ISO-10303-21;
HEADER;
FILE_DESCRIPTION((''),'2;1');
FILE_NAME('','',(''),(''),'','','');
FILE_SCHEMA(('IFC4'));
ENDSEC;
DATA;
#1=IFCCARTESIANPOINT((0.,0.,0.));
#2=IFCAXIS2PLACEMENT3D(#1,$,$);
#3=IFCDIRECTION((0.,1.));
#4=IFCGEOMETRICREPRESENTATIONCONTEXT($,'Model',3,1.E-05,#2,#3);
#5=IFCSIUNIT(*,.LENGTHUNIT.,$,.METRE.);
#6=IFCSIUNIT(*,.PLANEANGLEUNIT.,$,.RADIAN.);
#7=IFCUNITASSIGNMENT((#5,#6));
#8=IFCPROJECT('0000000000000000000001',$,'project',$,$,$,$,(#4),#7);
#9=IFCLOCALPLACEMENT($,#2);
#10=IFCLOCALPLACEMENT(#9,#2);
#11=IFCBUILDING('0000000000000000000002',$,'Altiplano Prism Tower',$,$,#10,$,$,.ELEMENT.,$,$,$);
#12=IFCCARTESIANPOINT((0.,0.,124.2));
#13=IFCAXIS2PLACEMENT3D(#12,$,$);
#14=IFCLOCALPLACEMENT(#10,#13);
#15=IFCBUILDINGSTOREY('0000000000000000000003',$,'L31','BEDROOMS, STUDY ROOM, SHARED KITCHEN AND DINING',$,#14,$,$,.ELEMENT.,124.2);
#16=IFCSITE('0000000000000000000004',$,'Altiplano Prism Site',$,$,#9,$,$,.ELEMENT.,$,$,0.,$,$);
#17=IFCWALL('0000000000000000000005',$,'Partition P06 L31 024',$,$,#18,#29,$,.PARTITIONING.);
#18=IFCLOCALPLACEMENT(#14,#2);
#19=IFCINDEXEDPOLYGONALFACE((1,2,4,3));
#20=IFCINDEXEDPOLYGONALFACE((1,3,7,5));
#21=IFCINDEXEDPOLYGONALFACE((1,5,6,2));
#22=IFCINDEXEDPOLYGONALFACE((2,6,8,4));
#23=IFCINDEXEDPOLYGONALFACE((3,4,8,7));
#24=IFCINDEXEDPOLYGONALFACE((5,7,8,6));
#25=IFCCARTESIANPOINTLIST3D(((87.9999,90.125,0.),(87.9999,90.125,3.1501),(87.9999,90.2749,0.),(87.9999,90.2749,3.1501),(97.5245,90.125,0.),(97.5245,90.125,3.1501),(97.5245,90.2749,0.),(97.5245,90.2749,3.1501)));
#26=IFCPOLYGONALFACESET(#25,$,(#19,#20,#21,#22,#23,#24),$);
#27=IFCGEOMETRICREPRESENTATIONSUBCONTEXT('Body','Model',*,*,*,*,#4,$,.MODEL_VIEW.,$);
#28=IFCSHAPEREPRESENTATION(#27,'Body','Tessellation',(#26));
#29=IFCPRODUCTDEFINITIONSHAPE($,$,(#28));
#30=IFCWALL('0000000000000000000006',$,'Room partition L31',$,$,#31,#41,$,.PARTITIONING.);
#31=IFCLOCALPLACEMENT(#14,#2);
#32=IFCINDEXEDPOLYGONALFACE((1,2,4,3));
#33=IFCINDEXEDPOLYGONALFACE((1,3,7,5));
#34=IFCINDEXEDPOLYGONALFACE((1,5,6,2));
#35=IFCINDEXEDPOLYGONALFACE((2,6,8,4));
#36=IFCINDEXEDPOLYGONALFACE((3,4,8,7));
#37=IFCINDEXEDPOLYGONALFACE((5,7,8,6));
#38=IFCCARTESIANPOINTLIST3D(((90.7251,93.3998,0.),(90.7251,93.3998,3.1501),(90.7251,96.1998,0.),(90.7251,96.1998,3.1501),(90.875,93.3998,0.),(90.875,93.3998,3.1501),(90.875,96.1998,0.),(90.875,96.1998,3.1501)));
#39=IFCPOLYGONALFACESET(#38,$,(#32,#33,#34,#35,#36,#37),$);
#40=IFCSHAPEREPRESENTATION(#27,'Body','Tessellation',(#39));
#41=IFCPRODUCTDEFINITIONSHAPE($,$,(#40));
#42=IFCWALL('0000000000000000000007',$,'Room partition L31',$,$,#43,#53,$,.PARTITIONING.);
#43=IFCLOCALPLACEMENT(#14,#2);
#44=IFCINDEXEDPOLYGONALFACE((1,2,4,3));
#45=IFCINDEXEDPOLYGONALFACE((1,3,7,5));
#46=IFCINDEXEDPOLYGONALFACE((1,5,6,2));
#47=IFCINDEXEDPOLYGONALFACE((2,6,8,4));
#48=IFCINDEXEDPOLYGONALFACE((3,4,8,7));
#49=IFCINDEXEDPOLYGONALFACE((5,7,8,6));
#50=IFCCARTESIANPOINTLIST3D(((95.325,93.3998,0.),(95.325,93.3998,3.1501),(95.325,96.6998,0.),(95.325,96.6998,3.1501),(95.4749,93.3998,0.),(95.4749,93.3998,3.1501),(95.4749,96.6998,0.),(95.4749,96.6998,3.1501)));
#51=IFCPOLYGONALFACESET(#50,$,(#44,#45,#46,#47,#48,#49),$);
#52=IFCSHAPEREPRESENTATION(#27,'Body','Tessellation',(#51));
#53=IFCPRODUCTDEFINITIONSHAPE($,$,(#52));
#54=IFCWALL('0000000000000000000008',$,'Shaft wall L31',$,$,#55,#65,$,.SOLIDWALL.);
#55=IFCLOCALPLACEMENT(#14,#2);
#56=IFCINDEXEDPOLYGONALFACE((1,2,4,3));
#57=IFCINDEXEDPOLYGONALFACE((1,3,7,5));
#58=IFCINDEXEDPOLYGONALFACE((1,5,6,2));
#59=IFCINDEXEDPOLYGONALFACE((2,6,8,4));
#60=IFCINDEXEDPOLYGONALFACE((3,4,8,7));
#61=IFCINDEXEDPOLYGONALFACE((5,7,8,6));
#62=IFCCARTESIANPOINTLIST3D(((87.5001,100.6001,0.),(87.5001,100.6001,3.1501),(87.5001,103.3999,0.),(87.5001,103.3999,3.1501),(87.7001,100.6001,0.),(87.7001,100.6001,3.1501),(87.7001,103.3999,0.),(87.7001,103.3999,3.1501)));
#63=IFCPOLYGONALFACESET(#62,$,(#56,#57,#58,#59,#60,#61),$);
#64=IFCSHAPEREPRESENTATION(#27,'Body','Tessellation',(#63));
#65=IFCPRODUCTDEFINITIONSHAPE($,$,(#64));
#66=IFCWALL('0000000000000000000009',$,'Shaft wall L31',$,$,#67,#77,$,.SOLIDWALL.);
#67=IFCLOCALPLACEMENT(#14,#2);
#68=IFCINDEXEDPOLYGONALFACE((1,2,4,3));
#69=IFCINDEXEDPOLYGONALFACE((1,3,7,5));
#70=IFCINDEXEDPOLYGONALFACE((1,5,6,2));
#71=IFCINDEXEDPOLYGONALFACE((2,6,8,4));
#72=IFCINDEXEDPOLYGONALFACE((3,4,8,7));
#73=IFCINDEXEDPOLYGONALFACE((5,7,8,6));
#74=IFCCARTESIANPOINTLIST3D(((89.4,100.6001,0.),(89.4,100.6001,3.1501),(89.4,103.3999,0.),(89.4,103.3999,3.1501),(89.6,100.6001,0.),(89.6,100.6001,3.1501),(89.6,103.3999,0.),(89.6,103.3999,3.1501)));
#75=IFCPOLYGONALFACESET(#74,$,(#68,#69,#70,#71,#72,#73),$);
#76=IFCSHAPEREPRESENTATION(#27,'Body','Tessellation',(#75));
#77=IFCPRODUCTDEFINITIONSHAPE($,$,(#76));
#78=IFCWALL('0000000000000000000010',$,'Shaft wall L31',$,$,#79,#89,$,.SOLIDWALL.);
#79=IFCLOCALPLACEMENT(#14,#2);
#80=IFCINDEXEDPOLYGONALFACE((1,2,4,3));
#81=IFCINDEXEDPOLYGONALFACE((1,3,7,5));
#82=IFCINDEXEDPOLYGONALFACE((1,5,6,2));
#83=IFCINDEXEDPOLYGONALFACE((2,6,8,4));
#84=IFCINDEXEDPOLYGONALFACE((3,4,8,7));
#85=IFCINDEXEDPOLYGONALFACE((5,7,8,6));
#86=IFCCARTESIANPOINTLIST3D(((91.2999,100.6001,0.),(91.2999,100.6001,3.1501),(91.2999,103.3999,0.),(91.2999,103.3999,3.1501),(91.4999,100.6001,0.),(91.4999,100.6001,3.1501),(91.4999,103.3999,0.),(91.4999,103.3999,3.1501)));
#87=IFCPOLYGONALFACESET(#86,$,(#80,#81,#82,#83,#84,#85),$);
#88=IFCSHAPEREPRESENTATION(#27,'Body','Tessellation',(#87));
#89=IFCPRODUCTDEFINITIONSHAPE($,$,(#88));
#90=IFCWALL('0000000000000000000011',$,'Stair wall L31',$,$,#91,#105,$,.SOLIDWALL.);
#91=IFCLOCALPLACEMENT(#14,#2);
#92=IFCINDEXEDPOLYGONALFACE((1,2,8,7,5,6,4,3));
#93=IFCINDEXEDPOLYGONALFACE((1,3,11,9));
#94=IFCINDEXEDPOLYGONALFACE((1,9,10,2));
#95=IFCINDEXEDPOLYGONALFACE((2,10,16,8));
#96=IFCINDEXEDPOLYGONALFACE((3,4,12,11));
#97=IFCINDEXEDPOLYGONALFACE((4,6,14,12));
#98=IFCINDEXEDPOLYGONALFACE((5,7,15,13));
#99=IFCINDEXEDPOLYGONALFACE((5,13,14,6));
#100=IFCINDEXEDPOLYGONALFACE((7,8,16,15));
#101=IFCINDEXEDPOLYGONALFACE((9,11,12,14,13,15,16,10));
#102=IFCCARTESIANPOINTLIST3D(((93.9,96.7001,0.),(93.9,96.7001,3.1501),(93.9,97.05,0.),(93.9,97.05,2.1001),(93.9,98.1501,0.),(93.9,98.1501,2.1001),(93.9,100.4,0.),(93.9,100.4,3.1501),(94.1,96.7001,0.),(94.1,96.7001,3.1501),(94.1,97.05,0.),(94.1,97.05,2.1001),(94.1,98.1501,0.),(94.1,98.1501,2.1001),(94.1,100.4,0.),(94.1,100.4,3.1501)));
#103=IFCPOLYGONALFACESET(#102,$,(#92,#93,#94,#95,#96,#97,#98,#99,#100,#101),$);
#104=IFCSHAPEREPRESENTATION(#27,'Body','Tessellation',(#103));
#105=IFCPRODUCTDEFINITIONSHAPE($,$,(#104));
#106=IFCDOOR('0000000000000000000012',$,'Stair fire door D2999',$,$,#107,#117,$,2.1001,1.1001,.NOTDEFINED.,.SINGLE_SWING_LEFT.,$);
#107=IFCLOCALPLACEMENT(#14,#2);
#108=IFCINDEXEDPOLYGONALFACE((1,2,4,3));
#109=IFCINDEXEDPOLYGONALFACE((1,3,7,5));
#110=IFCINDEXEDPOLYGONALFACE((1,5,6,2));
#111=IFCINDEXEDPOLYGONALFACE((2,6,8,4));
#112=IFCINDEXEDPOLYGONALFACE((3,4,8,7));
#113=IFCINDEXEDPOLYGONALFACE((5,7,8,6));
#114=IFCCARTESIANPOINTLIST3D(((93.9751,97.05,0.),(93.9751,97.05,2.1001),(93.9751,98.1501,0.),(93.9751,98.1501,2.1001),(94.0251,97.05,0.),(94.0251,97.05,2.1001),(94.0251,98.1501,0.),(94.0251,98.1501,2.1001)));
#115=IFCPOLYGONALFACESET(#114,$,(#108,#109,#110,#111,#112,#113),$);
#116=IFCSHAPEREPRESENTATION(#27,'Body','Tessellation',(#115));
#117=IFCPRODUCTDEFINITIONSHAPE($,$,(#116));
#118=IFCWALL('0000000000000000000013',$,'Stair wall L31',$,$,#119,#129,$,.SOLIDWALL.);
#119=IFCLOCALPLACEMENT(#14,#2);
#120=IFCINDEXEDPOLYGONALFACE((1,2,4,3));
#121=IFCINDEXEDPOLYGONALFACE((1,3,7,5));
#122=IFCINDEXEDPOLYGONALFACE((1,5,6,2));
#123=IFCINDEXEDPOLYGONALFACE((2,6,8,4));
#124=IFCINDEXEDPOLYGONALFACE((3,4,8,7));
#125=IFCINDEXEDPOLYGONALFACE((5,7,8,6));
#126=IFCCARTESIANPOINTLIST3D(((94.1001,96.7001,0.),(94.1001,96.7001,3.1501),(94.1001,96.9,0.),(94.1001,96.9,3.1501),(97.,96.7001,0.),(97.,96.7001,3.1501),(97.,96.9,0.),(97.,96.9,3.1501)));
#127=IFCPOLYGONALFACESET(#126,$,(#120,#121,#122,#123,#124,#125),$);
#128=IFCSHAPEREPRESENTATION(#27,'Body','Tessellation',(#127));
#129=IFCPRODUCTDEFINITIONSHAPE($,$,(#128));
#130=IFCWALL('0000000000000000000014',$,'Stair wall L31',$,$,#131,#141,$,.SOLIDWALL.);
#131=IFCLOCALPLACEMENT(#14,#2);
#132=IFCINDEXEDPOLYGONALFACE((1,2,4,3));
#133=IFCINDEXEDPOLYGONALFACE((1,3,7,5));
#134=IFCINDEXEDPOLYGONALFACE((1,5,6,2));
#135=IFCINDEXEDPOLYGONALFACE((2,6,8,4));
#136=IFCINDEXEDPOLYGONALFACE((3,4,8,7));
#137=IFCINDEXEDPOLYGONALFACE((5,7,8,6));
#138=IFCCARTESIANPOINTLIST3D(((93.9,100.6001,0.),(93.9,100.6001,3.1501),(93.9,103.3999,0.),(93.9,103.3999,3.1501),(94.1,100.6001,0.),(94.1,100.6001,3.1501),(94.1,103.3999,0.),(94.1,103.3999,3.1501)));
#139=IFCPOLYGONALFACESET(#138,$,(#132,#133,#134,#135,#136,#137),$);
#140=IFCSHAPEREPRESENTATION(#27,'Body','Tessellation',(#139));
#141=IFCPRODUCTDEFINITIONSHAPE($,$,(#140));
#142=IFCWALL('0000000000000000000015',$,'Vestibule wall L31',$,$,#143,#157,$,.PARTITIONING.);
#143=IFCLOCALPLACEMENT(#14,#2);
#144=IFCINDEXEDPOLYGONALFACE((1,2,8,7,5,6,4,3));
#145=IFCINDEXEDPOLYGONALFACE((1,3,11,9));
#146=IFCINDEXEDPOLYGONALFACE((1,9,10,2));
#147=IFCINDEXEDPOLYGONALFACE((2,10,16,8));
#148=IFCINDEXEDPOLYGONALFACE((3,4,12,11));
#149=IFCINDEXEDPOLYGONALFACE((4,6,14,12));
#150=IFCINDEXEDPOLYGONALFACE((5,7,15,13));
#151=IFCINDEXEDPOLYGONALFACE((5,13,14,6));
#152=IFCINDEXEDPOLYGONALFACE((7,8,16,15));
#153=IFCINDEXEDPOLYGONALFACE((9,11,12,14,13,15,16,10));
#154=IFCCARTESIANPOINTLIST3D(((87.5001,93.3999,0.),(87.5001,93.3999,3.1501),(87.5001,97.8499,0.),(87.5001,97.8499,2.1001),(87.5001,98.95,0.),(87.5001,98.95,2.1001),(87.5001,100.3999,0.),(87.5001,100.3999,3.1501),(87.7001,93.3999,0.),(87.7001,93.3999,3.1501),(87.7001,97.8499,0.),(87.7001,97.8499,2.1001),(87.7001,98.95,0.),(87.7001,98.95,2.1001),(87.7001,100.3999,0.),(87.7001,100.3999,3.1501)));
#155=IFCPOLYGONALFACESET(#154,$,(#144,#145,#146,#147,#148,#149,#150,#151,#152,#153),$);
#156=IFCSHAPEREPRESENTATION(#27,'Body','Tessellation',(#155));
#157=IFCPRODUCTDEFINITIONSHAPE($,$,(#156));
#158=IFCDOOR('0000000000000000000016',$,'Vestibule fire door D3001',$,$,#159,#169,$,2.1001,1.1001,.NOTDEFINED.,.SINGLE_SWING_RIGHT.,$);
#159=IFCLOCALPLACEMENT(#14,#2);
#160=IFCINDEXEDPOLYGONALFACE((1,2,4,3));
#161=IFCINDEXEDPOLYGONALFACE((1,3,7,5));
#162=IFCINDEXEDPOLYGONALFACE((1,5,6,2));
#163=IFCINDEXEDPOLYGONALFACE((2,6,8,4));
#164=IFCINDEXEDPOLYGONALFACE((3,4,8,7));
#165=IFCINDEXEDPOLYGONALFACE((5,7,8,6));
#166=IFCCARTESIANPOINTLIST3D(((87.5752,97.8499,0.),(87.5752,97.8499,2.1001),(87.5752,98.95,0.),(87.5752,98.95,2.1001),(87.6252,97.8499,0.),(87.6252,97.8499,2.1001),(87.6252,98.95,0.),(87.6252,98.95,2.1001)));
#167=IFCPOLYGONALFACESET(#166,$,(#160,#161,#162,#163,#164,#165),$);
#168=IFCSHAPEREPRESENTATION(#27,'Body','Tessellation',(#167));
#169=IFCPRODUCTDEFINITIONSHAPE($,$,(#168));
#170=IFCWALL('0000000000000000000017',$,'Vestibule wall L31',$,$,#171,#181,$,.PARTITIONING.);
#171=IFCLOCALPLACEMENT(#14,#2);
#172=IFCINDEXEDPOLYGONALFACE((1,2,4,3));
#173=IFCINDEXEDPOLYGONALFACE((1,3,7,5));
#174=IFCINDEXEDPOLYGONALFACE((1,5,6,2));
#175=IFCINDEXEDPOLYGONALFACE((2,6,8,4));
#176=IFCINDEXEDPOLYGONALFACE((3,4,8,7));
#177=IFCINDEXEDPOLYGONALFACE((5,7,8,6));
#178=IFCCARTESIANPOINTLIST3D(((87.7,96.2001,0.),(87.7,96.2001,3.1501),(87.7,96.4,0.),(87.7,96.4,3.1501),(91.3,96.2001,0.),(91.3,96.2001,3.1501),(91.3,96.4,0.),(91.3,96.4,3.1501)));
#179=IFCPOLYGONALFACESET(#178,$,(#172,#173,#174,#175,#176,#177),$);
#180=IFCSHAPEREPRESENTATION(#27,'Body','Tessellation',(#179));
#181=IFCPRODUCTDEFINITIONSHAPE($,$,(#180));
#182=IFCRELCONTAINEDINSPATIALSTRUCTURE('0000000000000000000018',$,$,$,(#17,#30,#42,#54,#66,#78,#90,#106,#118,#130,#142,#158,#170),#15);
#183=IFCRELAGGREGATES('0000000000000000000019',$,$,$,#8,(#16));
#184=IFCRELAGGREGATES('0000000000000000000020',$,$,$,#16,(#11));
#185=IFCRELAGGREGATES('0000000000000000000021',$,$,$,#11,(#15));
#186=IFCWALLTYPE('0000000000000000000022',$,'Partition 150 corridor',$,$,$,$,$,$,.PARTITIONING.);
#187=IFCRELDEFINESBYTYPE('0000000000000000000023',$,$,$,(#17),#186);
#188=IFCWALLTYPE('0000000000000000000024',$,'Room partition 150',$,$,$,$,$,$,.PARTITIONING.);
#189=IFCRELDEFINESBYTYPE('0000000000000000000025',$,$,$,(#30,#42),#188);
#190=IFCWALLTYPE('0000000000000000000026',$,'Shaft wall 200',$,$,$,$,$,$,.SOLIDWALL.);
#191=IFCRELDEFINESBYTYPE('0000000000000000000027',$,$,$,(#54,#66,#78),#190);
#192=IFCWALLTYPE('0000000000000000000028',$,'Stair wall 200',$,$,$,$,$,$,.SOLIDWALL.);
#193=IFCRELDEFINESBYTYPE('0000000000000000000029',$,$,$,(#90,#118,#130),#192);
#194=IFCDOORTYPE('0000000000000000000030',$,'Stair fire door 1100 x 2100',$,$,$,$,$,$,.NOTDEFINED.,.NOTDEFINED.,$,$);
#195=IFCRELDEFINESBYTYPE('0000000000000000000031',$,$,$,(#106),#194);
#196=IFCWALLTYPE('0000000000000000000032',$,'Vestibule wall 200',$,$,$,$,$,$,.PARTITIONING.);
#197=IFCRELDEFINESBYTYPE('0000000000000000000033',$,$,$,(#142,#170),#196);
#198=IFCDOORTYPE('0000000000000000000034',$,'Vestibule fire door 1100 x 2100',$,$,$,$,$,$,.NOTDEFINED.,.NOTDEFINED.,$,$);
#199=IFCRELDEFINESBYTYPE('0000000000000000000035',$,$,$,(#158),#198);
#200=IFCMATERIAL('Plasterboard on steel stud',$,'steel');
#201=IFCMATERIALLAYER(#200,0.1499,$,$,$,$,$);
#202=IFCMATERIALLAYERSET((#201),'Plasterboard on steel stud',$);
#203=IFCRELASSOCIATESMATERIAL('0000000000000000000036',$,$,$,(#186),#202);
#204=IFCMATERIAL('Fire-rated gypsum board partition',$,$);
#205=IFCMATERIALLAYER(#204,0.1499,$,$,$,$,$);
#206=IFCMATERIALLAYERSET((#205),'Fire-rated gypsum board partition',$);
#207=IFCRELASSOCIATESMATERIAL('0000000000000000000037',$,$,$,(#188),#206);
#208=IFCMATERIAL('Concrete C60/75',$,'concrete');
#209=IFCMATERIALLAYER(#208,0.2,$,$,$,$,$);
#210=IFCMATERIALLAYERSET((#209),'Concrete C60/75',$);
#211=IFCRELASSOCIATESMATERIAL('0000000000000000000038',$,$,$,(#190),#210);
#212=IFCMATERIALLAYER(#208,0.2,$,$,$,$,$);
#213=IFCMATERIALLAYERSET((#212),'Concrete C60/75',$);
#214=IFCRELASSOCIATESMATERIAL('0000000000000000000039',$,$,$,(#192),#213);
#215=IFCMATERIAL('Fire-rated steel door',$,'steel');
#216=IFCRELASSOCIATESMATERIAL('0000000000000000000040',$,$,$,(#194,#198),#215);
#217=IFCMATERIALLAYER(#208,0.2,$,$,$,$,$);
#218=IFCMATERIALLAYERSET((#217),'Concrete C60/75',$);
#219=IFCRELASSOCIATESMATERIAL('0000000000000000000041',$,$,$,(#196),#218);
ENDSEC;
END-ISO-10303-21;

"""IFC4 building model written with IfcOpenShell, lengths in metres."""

from ifc_helpers import new_model, si_unit, direction, frame, frame_2d, origin, place, context, subcontext, project, spatial, rectangle, extrude, material, layer, layer_set, type_object, element, fill, save


model = new_model("IFC4")

# Units and contexts
model_context = context("Model", 3, precision=1e-05, world=origin(), true_north=direction((0.0, 1.0)))
body_context = subcontext(model_context, "Body", "Model", "MODEL_VIEW")
ifc_project = project(units=[si_unit("LENGTHUNIT", "METRE"), si_unit("PLANEANGLEUNIT", "RADIAN")], contexts=[model_context])

# Site, building, storey
site_placement = place(None, origin())
site = spatial("IfcSite", under=ifc_project, at=site_placement, Name="Altiplano Prism Site", CompositionType="ELEMENT", RefElevation=0.0)
building_placement = place(site_placement, origin())
building = spatial("IfcBuilding", under=site, at=building_placement, Name="Altiplano Prism Tower", CompositionType="ELEMENT")
storey_placement = place(building_placement, frame((0.0, 0.0, 124.2)))
storey = spatial("IfcBuildingStorey", under=building, at=storey_placement, Name="L31", Description="BEDROOMS, STUDY ROOM, SHARED KITCHEN AND DINING", CompositionType="ELEMENT", Elevation=124.2)

# Walls
ifc_material_1 = material(Name="Plasterboard on steel stud", Category="steel")
ifc_layer_1 = layer(ifc_material_1, 0.1499)
ifc_layer_set_1 = layer_set([ifc_layer_1], Name="Plasterboard on steel stud")
wall_type_1 = type_object("IfcWallType", Name="Partition 150 corridor", PredefinedType="PARTITIONING", material=ifc_layer_set_1)
wall_1_placement = place(storey_placement, frame((88.0, 90.2, 0.0), z_axis=(0.0, 0.0, 1.0), x_axis=(1.0, 0.0, 0.0)))
element("IfcWall", 1, at=wall_1_placement, inside=storey, type_object=wall_type_1, Name="Partition P06 L31 024", PredefinedType="PARTITIONING", context=body_context, shape_type="SweptSolid", body=[
    extrude(rectangle(XDim=9.5247, YDim=0.1499, at=frame_2d((4.7622, 0.0))), origin(), (0.0, 0.0, 1.0), 3.1501),
])
ifc_material_2 = material(Name="Fire-rated gypsum board partition")
ifc_layer_2 = layer(ifc_material_2, 0.1499)
ifc_layer_set_2 = layer_set([ifc_layer_2], Name="Fire-rated gypsum board partition")
wall_type_2 = type_object("IfcWallType", Name="Room partition 150", PredefinedType="PARTITIONING", material=ifc_layer_set_2)
wall_2_placement = place(storey_placement, frame((90.8, 93.3999, 0.0), z_axis=(0.0, 0.0, 1.0), x_axis=(0.0, 1.0, 0.0)))
element("IfcWall", 2, at=wall_2_placement, inside=storey, type_object=wall_type_2, Name="Room partition L31", PredefinedType="PARTITIONING", context=body_context, shape_type="SweptSolid", body=[
    extrude(rectangle(XDim=2.8, YDim=0.1499, at=frame_2d((1.3999, 0.0))), origin(), (0.0, 0.0, 1.0), 3.1501),
])
wall_3_placement = place(storey_placement, frame((95.3999, 93.3999, 0.0), z_axis=(0.0, 0.0, 1.0), x_axis=(0.0, 1.0, 0.0)))
element("IfcWall", 3, at=wall_3_placement, inside=storey, type_object=wall_type_2, Name="Room partition L31", PredefinedType="PARTITIONING", context=body_context, shape_type="SweptSolid", body=[
    extrude(rectangle(XDim=3.3, YDim=0.1499, at=frame_2d((1.6499, 0.0))), origin(), (0.0, 0.0, 1.0), 3.1501),
])
ifc_material_3 = material(Name="Concrete C60/75", Category="concrete")
ifc_layer_3 = layer(ifc_material_3, 0.2)
ifc_layer_set_3 = layer_set([ifc_layer_3], Name="Concrete C60/75")
wall_type_3 = type_object("IfcWallType", Name="Shaft wall 200", PredefinedType="SOLIDWALL", material=ifc_layer_set_3)
for number, where, z_axis, x_axis, name in (
    (4, (87.6001, 100.6001, 0.0), (0.0, 0.0, 1.0), (0.0, 1.0, 0.0), "Shaft wall L31"),
    (5, (89.5, 100.6001, 0.0), (0.0, 0.0, 1.0), (0.0, 1.0, 0.0), "Shaft wall L31"),
    (6, (91.3999, 100.6001, 0.0), (0.0, 0.0, 1.0), (0.0, 1.0, 0.0), "Shaft wall L31"),
):
    element("IfcWall", number, at=place(storey_placement, frame(where, z_axis=z_axis, x_axis=x_axis)), inside=storey, type_object=wall_type_3, Name=name, PredefinedType="SOLIDWALL", context=body_context, shape_type="SweptSolid", body=[
        extrude(rectangle(XDim=2.7998, YDim=0.2, at=frame_2d((1.3999, 0.0))), origin(), (0.0, 0.0, 1.0), 3.1501),
    ])

# Wall, opening, door
ifc_layer_4 = layer(ifc_material_3, 0.2)
ifc_layer_set_4 = layer_set([ifc_layer_4], Name="Concrete C60/75")
wall_type_4 = type_object("IfcWallType", Name="Stair wall 200", PredefinedType="SOLIDWALL", material=ifc_layer_set_4)
wall_4_placement = place(storey_placement, frame((94.0, 96.7, 0.0), z_axis=(0.0, 0.0, 1.0), x_axis=(0.0, 1.0, 0.0)))
wall_4 = element("IfcWall", 7, at=wall_4_placement, inside=storey, type_object=wall_type_4, Name="Stair wall L31", PredefinedType="SOLIDWALL", context=body_context, shape_type="SweptSolid", body=[
    extrude(rectangle(XDim=3.7, YDim=0.2, at=frame_2d((1.8501, 0.0))), origin(), (0.0, 0.0, 1.0), 3.1501),
])
opening_1_placement = place(wall_4_placement, frame((0.3501, 0.0, 0.0)))
opening_1 = element("IfcOpeningElement", 8, at=opening_1_placement, cuts=wall_4, PredefinedType="OPENING", context=body_context, shape_type="SweptSolid", body=[
    extrude(rectangle(XDim=1.1001, YDim=2.1001, at=frame_2d((0.55, 1.05))), frame((0.0, 0.1104, 0.0), z_axis=(0.0, -1.0, 0.0), x_axis=(1.0, 0.0, 0.0)), (0.0, 0.0, 1.0), 0.2209),
])
ifc_material_4 = material(Name="Fire-rated steel door", Category="steel")
door_type_1 = type_object("IfcDoorType", Name="Stair fire door 1100 x 2100", OperationType="NOTDEFINED", PredefinedType="NOTDEFINED", material=ifc_material_4)
door_1_placement = place(opening_1_placement, origin())
door_1 = element("IfcDoor", 9, at=door_1_placement, inside=storey, type_object=door_type_1, Name="Stair fire door D2999", OperationType="SINGLE_SWING_LEFT", OverallHeight=2.1001, OverallWidth=1.1001, PredefinedType="NOTDEFINED", context=body_context, shape_type="SweptSolid", body=[
    extrude(rectangle(XDim=1.1001, YDim=2.1001, at=frame_2d((0.55, 1.05))), frame((0.0, 0.0249, 0.0), z_axis=(0.0, -1.0, 0.0), x_axis=(1.0, 0.0, 0.0)), (0.0, 0.0, 1.0), 0.05),
])
fill(opening_1, door_1)

# Walls
wall_5_placement = place(storey_placement, frame((94.1001, 96.8, 0.0), z_axis=(0.0, 0.0, 1.0), x_axis=(1.0, 0.0, 0.0)))
element("IfcWall", 10, at=wall_5_placement, inside=storey, type_object=wall_type_4, Name="Stair wall L31", PredefinedType="SOLIDWALL", context=body_context, shape_type="SweptSolid", body=[
    extrude(rectangle(XDim=2.8999, YDim=0.2, at=frame_2d((1.45, 0.0))), origin(), (0.0, 0.0, 1.0), 3.1501),
])
wall_6_placement = place(storey_placement, frame((94.0, 100.6001, 0.0), z_axis=(0.0, 0.0, 1.0), x_axis=(0.0, 1.0, 0.0)))
element("IfcWall", 11, at=wall_6_placement, inside=storey, type_object=wall_type_4, Name="Stair wall L31", PredefinedType="SOLIDWALL", context=body_context, shape_type="SweptSolid", body=[
    extrude(rectangle(XDim=2.7998, YDim=0.2, at=frame_2d((1.3999, 0.0))), origin(), (0.0, 0.0, 1.0), 3.1501),
])

# Wall, opening, door
ifc_layer_5 = layer(ifc_material_3, 0.2)
ifc_layer_set_5 = layer_set([ifc_layer_5], Name="Concrete C60/75")
wall_type_5 = type_object("IfcWallType", Name="Vestibule wall 200", PredefinedType="PARTITIONING", material=ifc_layer_set_5)
wall_7_placement = place(storey_placement, frame((87.6001, 93.3999, 0.0), z_axis=(0.0, 0.0, 1.0), x_axis=(0.0, 1.0, 0.0)))
wall_7 = element("IfcWall", 12, at=wall_7_placement, inside=storey, type_object=wall_type_5, Name="Vestibule wall L31", PredefinedType="PARTITIONING", context=body_context, shape_type="SweptSolid", body=[
    extrude(rectangle(XDim=7.0, YDim=0.2, at=frame_2d((3.5, 0.0))), origin(), (0.0, 0.0, 1.0), 3.1501),
])
opening_2_placement = place(wall_7_placement, frame((4.45, 0.0, 0.0)))
opening_2 = element("IfcOpeningElement", 13, at=opening_2_placement, cuts=wall_7, PredefinedType="OPENING", context=body_context, shape_type="SweptSolid", body=[
    extrude(rectangle(XDim=1.1001, YDim=2.1001, at=frame_2d((0.55, 1.05))), frame((0.0, 0.1104, 0.0), z_axis=(0.0, -1.0, 0.0), x_axis=(1.0, 0.0, 0.0)), (0.0, 0.0, 1.0), 0.2209),
])
door_type_2 = type_object("IfcDoorType", Name="Vestibule fire door 1100 x 2100", OperationType="NOTDEFINED", PredefinedType="NOTDEFINED", material=ifc_material_4)
door_2_placement = place(opening_2_placement, origin())
door_2 = element("IfcDoor", 14, at=door_2_placement, inside=storey, type_object=door_type_2, Name="Vestibule fire door D3001", OperationType="SINGLE_SWING_RIGHT", OverallHeight=2.1001, OverallWidth=1.1001, PredefinedType="NOTDEFINED", context=body_context, shape_type="SweptSolid", body=[
    extrude(rectangle(XDim=1.1001, YDim=2.1001, at=frame_2d((0.55, 1.05))), frame((0.0, 0.0249, 0.0), z_axis=(0.0, -1.0, 0.0), x_axis=(1.0, 0.0, 0.0)), (0.0, 0.0, 1.0), 0.05),
])
fill(opening_2, door_2)

# Wall
wall_8_placement = place(storey_placement, frame((87.7, 96.3, 0.0), z_axis=(0.0, 0.0, 1.0), x_axis=(1.0, 0.0, 0.0)))
element("IfcWall", 15, at=wall_8_placement, inside=storey, type_object=wall_type_5, Name="Vestibule wall L31", PredefinedType="PARTITIONING", context=body_context, shape_type="SweptSolid", body=[
    extrude(rectangle(XDim=3.6001, YDim=0.2, at=frame_2d((1.8, 0.0))), origin(), (0.0, 0.0, 1.0), 3.1501),
])

save(model, "model.ifc")
